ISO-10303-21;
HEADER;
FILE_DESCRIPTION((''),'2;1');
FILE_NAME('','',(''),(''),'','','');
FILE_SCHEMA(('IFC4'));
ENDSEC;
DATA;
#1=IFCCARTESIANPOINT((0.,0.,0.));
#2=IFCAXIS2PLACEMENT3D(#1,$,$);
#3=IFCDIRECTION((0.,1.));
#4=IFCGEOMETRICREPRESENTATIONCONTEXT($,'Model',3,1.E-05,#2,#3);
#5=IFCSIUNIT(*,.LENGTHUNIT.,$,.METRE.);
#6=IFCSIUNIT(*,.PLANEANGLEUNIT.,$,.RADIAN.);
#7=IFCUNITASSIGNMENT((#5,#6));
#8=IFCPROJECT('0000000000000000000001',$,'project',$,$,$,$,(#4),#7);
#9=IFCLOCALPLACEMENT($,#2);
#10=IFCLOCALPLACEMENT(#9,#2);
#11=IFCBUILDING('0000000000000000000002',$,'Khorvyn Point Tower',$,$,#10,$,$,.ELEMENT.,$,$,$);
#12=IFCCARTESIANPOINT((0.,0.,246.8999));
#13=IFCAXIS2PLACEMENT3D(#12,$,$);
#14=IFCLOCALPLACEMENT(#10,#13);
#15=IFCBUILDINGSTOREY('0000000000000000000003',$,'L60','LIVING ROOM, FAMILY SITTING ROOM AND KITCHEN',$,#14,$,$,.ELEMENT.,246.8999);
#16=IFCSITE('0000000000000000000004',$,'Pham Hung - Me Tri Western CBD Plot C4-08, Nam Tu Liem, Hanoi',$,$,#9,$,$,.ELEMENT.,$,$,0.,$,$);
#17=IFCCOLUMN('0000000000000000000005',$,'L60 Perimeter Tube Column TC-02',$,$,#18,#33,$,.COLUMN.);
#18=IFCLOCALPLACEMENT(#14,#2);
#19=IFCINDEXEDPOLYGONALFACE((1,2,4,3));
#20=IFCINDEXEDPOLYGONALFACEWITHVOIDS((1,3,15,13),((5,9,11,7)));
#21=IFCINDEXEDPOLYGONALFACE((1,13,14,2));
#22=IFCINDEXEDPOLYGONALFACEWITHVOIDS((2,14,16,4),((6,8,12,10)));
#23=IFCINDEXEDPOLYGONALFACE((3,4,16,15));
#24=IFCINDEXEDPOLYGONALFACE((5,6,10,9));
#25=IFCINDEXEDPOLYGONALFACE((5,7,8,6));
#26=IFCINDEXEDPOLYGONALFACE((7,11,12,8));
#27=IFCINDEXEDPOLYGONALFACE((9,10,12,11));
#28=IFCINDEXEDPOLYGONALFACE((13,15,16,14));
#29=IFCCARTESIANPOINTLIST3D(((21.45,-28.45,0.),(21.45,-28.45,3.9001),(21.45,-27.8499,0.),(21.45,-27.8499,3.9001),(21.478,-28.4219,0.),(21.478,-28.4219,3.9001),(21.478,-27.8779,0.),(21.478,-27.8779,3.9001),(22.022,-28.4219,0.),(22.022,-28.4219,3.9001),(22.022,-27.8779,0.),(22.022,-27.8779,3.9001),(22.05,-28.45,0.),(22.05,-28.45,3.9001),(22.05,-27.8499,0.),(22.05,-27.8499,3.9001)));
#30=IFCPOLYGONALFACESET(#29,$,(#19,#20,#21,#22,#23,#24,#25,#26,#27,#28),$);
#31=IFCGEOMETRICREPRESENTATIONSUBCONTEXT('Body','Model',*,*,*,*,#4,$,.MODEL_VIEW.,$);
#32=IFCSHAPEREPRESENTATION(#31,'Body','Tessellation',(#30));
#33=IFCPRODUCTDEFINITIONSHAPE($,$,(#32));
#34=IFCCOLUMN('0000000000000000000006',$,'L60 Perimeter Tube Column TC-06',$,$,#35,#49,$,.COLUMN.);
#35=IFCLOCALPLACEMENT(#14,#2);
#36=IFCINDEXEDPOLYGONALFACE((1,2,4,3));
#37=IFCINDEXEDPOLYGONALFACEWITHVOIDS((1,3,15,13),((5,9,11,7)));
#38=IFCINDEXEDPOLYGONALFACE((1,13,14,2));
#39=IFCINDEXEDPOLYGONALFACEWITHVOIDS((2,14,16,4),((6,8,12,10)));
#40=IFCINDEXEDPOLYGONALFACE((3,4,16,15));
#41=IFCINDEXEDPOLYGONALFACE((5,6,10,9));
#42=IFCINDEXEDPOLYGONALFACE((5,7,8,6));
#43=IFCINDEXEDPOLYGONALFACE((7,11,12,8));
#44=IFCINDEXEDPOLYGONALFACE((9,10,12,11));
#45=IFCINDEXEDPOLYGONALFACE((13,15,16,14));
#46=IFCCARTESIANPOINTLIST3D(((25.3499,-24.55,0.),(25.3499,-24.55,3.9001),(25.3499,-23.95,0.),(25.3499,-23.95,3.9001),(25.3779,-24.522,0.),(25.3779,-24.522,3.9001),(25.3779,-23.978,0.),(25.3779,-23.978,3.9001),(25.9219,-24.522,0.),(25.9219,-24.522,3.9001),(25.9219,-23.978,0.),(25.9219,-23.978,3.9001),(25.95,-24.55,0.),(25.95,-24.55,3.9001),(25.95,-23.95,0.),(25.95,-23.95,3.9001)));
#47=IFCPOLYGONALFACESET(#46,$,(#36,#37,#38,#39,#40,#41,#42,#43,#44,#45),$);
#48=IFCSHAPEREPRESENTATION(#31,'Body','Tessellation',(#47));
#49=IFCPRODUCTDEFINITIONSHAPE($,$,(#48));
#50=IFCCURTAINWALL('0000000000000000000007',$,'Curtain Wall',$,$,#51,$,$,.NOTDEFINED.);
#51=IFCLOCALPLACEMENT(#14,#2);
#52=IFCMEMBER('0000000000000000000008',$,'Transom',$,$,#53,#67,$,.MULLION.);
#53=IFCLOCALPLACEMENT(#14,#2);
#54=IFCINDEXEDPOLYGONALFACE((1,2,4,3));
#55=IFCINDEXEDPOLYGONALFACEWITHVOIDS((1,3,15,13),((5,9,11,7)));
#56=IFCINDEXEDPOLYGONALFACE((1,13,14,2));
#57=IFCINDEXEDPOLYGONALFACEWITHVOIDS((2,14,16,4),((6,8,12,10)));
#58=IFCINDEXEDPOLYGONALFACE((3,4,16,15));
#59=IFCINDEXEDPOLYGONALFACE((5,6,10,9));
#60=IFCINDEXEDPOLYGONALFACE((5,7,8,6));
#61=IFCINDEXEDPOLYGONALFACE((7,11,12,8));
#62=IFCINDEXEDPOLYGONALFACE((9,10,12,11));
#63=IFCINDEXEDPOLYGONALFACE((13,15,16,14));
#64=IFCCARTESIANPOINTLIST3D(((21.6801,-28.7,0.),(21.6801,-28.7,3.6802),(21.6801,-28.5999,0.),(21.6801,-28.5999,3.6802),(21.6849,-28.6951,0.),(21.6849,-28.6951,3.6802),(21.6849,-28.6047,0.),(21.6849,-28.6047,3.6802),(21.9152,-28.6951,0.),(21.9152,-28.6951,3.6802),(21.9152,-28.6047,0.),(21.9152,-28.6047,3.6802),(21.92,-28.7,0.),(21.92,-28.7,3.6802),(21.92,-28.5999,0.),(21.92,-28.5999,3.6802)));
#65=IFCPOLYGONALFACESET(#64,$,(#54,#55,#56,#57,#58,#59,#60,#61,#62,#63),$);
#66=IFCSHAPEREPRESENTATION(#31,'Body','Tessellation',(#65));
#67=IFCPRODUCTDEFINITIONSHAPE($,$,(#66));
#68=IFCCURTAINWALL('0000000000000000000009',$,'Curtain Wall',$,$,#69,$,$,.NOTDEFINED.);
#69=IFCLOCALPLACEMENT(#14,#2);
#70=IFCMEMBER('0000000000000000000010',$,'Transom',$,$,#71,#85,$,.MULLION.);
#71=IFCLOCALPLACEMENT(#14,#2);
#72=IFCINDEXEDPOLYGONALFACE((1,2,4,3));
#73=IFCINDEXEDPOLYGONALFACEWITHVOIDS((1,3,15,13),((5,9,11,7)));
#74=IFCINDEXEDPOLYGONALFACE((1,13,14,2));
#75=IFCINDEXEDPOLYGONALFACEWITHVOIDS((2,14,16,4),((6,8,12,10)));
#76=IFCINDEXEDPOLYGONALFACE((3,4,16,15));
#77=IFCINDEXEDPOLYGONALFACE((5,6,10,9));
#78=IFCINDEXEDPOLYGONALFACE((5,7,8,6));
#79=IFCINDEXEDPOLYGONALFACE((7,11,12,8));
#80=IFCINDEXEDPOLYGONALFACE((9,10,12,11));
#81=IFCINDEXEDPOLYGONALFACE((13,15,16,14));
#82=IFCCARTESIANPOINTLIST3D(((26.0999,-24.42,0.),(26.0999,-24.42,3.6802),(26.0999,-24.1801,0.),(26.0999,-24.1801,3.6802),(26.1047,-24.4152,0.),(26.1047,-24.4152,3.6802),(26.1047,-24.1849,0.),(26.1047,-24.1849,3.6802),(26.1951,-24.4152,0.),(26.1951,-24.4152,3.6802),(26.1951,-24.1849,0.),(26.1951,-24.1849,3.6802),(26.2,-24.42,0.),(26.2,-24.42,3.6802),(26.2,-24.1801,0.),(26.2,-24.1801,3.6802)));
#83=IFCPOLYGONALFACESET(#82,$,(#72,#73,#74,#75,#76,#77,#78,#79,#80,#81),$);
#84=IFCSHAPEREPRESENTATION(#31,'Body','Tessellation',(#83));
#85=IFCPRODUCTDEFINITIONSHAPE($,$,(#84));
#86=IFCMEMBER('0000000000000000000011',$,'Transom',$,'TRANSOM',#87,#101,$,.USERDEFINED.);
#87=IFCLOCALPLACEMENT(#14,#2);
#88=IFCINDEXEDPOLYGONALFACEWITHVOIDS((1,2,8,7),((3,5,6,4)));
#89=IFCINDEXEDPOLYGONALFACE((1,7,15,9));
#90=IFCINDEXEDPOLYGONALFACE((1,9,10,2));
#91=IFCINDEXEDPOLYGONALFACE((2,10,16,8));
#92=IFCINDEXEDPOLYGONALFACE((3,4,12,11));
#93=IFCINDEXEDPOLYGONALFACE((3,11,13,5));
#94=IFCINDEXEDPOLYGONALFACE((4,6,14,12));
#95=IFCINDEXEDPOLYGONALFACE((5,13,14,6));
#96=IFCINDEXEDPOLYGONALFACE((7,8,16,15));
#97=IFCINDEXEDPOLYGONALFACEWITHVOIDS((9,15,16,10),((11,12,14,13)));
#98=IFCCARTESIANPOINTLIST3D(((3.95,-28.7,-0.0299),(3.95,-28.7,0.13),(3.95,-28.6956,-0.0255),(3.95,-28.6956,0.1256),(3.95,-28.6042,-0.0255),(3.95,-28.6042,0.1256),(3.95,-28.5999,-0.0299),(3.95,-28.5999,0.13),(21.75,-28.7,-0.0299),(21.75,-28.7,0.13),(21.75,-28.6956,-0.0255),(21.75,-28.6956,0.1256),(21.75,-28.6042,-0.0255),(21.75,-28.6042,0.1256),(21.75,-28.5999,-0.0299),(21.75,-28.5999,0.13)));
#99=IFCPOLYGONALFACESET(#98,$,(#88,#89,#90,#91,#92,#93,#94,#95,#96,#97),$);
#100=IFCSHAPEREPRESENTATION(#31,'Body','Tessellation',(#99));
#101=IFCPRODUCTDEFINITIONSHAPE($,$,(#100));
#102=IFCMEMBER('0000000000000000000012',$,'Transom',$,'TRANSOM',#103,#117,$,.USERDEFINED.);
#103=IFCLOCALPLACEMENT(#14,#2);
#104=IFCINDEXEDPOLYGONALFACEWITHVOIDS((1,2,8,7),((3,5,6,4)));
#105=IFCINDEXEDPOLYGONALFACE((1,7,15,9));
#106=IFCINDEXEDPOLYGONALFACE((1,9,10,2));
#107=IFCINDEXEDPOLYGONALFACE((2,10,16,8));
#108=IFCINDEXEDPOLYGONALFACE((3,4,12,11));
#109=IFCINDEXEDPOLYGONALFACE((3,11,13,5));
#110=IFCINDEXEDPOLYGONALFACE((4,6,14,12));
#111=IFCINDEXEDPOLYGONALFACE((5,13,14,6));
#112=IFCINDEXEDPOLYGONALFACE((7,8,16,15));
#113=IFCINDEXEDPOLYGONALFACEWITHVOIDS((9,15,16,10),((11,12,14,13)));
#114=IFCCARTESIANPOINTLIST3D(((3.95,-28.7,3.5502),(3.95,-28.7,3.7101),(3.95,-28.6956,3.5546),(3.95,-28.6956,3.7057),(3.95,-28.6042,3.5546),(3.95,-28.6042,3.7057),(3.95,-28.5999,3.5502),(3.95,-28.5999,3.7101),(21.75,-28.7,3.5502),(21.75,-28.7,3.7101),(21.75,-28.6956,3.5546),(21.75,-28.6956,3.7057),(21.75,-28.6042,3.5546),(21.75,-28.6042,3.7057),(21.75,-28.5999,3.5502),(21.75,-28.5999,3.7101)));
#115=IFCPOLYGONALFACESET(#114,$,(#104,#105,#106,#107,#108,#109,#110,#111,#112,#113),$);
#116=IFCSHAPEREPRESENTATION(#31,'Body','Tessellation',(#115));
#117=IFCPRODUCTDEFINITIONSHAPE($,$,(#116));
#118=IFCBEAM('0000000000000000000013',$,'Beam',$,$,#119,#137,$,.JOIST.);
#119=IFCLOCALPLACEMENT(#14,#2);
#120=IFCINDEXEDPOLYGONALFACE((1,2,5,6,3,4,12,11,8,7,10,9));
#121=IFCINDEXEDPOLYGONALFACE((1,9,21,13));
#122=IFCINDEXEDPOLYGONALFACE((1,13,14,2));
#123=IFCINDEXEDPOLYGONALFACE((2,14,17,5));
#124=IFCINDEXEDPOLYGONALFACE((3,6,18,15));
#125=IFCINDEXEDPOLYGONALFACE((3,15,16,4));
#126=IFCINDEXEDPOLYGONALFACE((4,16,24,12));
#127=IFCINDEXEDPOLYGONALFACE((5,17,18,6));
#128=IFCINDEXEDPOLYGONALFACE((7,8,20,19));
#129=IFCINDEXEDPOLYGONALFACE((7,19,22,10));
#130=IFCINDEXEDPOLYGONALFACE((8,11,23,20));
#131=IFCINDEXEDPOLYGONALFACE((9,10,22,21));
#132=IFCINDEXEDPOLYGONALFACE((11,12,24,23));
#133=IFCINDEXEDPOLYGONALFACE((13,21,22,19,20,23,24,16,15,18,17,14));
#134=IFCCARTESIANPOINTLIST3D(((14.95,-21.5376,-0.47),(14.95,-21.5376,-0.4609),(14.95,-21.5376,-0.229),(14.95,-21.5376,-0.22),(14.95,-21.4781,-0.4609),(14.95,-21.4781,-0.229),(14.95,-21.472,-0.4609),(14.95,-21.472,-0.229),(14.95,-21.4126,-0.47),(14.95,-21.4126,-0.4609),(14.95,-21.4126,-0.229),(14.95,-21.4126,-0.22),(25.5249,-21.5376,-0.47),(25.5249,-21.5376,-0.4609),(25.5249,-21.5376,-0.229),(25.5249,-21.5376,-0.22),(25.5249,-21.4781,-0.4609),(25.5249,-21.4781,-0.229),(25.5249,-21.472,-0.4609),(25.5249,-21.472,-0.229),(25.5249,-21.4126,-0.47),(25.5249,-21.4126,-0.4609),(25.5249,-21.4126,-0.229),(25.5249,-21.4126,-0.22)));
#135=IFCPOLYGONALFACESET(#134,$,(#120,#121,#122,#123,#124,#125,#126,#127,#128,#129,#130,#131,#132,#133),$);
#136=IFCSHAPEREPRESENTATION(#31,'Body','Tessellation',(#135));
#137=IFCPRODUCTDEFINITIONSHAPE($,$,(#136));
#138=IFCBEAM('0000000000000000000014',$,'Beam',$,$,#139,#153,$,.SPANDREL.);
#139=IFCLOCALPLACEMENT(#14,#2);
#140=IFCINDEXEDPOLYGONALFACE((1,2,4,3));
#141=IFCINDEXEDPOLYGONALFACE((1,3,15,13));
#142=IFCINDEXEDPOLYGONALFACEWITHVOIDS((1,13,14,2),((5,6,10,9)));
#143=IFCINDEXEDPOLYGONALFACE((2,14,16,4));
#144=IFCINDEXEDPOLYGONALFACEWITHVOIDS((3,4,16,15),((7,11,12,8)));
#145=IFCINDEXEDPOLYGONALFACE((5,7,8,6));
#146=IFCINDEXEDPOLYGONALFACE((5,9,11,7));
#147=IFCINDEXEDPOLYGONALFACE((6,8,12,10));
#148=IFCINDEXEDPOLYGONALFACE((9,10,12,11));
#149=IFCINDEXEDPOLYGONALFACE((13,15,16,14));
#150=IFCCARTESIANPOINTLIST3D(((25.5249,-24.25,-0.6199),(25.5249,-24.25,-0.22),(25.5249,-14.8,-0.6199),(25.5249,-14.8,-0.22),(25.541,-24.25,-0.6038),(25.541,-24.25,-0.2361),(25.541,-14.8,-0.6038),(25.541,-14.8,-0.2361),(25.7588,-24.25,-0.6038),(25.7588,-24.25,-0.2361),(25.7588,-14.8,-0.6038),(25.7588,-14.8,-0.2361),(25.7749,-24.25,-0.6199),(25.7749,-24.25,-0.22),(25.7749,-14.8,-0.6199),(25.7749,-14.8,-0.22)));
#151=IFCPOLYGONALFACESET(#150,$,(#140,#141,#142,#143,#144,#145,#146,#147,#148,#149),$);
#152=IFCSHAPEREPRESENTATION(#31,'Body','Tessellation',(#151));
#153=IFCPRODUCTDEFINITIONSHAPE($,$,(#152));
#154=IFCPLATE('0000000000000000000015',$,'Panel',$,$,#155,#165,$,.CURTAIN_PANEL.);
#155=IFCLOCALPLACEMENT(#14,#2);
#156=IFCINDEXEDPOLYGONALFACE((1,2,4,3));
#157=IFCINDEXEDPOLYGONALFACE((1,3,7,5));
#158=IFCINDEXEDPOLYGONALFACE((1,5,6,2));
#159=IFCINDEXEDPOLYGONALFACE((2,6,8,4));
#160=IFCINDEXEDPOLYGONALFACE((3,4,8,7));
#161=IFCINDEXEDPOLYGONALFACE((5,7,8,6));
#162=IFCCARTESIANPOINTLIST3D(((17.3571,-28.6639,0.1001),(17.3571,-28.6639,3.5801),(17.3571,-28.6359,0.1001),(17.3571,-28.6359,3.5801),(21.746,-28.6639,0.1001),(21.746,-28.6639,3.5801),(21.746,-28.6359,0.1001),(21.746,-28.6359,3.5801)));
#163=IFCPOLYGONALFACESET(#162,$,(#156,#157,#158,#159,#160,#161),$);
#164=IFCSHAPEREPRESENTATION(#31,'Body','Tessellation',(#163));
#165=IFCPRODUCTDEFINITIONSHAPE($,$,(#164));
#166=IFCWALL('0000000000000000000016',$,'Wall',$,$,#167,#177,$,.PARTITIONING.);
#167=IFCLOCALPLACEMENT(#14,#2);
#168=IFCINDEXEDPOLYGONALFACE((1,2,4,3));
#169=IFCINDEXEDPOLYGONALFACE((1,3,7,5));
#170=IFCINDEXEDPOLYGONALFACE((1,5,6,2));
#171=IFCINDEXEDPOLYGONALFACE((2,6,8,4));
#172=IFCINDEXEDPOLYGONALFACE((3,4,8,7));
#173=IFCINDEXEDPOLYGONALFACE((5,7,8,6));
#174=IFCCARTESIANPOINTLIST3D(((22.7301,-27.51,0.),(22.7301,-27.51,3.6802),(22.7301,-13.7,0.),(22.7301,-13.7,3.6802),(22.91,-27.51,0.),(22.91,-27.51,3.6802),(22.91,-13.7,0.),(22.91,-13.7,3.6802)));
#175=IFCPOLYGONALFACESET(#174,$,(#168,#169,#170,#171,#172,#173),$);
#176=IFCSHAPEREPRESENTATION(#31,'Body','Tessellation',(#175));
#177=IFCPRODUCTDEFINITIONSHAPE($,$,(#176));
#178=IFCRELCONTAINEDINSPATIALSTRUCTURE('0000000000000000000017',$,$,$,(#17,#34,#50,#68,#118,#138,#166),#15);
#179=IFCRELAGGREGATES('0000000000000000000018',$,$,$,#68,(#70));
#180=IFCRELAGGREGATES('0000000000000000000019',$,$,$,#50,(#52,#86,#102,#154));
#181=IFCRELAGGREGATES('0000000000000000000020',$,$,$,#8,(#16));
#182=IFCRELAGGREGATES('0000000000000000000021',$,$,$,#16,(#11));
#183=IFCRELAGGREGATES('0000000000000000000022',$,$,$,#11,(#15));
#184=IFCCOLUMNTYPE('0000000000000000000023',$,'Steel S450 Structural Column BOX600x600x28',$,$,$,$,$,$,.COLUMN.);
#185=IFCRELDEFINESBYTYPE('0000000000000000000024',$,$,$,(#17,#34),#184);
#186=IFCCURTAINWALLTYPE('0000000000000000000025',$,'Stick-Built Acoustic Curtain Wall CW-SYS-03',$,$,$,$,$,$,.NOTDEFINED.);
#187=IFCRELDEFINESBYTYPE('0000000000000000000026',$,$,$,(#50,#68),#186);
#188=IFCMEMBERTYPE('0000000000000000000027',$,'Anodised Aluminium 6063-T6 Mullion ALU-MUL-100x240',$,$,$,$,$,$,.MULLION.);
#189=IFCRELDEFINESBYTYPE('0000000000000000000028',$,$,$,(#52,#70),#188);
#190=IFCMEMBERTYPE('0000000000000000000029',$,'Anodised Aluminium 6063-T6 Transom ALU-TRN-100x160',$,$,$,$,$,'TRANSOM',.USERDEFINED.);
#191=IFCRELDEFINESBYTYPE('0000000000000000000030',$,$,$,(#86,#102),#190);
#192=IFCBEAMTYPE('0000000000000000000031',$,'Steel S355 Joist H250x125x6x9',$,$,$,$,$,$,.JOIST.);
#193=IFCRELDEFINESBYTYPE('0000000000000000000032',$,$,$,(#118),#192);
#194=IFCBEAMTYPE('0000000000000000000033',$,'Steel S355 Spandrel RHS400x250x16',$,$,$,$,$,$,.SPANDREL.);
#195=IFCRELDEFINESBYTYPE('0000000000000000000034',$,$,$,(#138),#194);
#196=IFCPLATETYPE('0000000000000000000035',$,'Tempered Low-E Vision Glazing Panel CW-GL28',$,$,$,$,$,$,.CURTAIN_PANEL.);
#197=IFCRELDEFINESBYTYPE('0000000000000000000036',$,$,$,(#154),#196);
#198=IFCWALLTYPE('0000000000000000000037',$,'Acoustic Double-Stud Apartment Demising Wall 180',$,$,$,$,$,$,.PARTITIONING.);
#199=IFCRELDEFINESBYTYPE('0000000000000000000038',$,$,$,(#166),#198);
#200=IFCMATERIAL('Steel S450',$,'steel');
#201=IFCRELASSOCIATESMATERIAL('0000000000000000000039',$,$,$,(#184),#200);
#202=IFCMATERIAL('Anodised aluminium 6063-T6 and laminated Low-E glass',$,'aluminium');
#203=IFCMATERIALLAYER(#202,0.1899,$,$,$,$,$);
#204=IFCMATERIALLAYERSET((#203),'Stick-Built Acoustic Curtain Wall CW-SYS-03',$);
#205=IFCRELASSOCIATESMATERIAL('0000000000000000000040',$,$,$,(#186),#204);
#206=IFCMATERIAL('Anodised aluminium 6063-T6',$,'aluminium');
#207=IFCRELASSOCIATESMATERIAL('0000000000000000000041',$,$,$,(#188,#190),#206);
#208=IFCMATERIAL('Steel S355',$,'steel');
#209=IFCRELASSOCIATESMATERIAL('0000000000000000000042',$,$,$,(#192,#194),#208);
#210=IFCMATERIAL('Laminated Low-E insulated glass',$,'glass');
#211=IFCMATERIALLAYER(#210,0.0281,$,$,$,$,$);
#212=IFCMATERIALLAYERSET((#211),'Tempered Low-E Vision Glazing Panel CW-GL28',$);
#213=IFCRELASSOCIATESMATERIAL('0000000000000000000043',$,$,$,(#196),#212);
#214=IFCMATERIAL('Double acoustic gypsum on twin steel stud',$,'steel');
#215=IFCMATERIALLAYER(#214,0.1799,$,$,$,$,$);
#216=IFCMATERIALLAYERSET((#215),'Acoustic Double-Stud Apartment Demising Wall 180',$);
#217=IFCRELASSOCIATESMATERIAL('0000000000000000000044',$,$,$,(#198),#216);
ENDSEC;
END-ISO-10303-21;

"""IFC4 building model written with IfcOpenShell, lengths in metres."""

from ifc_helpers import new_model, si_unit, direction, frame, frame_2d, origin, origin_2d, place, context, subcontext, project, spatial, rectangle, hollow_rectangle, i_section, extrude, material, layer, layer_set, material_profile, profile_set, type_object, element, aggregate, save


model = new_model("IFC4")

# Units and contexts
model_context = context("Model", 3, precision=1e-05, world=origin(), true_north=direction((0.0, 1.0)))
body_context = subcontext(model_context, "Body", "Model", "MODEL_VIEW")
ifc_project = project(units=[si_unit("LENGTHUNIT", "METRE"), si_unit("PLANEANGLEUNIT", "RADIAN")], contexts=[model_context])

# Site, building, storey
site_placement = place(None, origin())
site = spatial("IfcSite", under=ifc_project, at=site_placement, Name="Pham Hung - Me Tri Western CBD Plot C4-08, Nam Tu Liem, Hanoi", CompositionType="ELEMENT", RefElevation=0.0)
building_placement = place(site_placement, origin())
building = spatial("IfcBuilding", under=site, at=building_placement, Name="Khorvyn Point Tower", CompositionType="ELEMENT")
storey_placement = place(building_placement, frame((0.0, 0.0, 246.8999)))
storey = spatial("IfcBuildingStorey", under=building, at=storey_placement, Name="L60", Description="LIVING ROOM, FAMILY SITTING ROOM AND KITCHEN", CompositionType="ELEMENT", Elevation=246.8999)

# Columns
ifc_material_1 = material(Name="Steel S450", Category="steel")
ifc_material_profile_1 = material_profile(ifc_material_1, hollow_rectangle(XDim=0.6001, YDim=0.6001, WallThickness=0.0281, at=origin_2d()))
ifc_profile_set_1 = profile_set([ifc_material_profile_1], Name="Steel S450 BOX600x600x28")
column_type = type_object("IfcColumnType", Name="Steel S450 Structural Column BOX600x600x28", PredefinedType="COLUMN", material=ifc_profile_set_1)
for number, where, z_axis, x_axis, name in (
    (1, (21.75, -28.1499, 0.0), (0.0, 0.0, 1.0), (1.0, 0.0, 0.0), "L60 Perimeter Tube Column TC-02"),
    (2, (25.6499, -24.25, 0.0), (0.0, 0.0, 1.0), (1.0, 0.0, 0.0), "L60 Perimeter Tube Column TC-06"),
):
    element("IfcColumn", number, at=place(storey_placement, frame(where, z_axis=z_axis, x_axis=x_axis)), inside=storey, type_object=column_type, Name=name, PredefinedType="COLUMN", context=body_context, shape_type="SweptSolid", body=[
        extrude(hollow_rectangle(XDim=0.6001, YDim=0.6001, WallThickness=0.0281, at=origin_2d()), origin(), (0.0, 0.0, 1.0), 3.9001),
    ])

# Curtain walls, members
ifc_material_2 = material(Name="Anodised aluminium 6063-T6 and laminated Low-E glass", Category="aluminium")
ifc_layer_1 = layer(ifc_material_2, 0.1899)
ifc_layer_set_1 = layer_set([ifc_layer_1], Name="Stick-Built Acoustic Curtain Wall CW-SYS-03")
curtain_wall_type = type_object("IfcCurtainWallType", Name="Stick-Built Acoustic Curtain Wall CW-SYS-03", PredefinedType="NOTDEFINED", material=ifc_layer_set_1)
curtain_wall_1_placement = place(storey_placement, origin())
curtain_wall_1 = element("IfcCurtainWall", 3, at=curtain_wall_1_placement, inside=storey, type_object=curtain_wall_type, Name="Curtain Wall", PredefinedType="NOTDEFINED")
ifc_material_3 = material(Name="Anodised aluminium 6063-T6", Category="aluminium")
ifc_material_profile_2 = material_profile(ifc_material_3, hollow_rectangle(XDim=0.1001, YDim=0.24, WallThickness=0.0049, at=origin_2d()))
ifc_profile_set_2 = profile_set([ifc_material_profile_2], Name="Anodised aluminium 6063-T6 ALU-MUL-100x240")
member_type_1 = type_object("IfcMemberType", Name="Anodised Aluminium 6063-T6 Mullion ALU-MUL-100x240", PredefinedType="MULLION", material=ifc_profile_set_2)
member_1_placement = place(storey_placement, frame((21.8, -28.6499, 0.0), z_axis=(0.0, 0.0, 1.0), x_axis=(0.0, -1.0, 0.0)))
member_1 = element("IfcMember", 4, at=member_1_placement, type_object=member_type_1, Name="Transom", PredefinedType="MULLION", context=body_context, shape_type="SweptSolid", body=[
    extrude(hollow_rectangle(XDim=0.1001, YDim=0.24, WallThickness=0.0049, at=origin_2d()), origin(), (0.0, 0.0, 1.0), 3.6802),
])
curtain_wall_2_placement = place(storey_placement, origin())
curtain_wall_2 = element("IfcCurtainWall", 5, at=curtain_wall_2_placement, inside=storey, type_object=curtain_wall_type, Name="Curtain Wall", PredefinedType="NOTDEFINED")
member_2_placement = place(storey_placement, frame((26.1499, -24.3, 0.0), z_axis=(0.0, 0.0, 1.0), x_axis=(1.0, 0.0, 0.0)))
member_2 = element("IfcMember", 6, at=member_2_placement, type_object=member_type_1, Name="Transom", PredefinedType="MULLION", context=body_context, shape_type="SweptSolid", body=[
    extrude(hollow_rectangle(XDim=0.1001, YDim=0.24, WallThickness=0.0049, at=origin_2d()), origin(), (0.0, 0.0, 1.0), 3.6802),
])
aggregate(curtain_wall_2, [member_2])

# Members
ifc_material_profile_3 = material_profile(ifc_material_3, hollow_rectangle(XDim=0.1001, YDim=0.1599, WallThickness=0.0044, at=origin_2d()))
ifc_profile_set_3 = profile_set([ifc_material_profile_3], Name="Anodised aluminium 6063-T6 ALU-TRN-100x160")
member_type_2 = type_object("IfcMemberType", Name="Anodised Aluminium 6063-T6 Transom ALU-TRN-100x160", ElementType="TRANSOM", PredefinedType="USERDEFINED", material=ifc_profile_set_3)
member_3_placement = place(storey_placement, frame((21.75, -28.6499, 0.05), z_axis=(-1.0, 0.0, 0.0), x_axis=(0.0, -1.0, 0.0)))
member_3 = element("IfcMember", 7, at=member_3_placement, type_object=member_type_2, Name="Transom", ObjectType="TRANSOM", PredefinedType="USERDEFINED", context=body_context, shape_type="SweptSolid", body=[
    extrude(hollow_rectangle(XDim=0.1001, YDim=0.1599, WallThickness=0.0044, at=origin_2d()), origin(), (0.0, 0.0, 1.0), 17.8),
])
member_4_placement = place(storey_placement, frame((21.75, -28.6499, 3.6301), z_axis=(-1.0, 0.0, 0.0), x_axis=(0.0, -1.0, 0.0)))
member_4 = element("IfcMember", 8, at=member_4_placement, type_object=member_type_2, Name="Transom", ObjectType="TRANSOM", PredefinedType="USERDEFINED", context=body_context, shape_type="SweptSolid", body=[
    extrude(hollow_rectangle(XDim=0.1001, YDim=0.1599, WallThickness=0.0044, at=origin_2d()), origin(), (0.0, 0.0, 1.0), 17.8),
])

# Beams
ifc_material_4 = material(Name="Steel S355", Category="steel")
ifc_material_profile_4 = material_profile(ifc_material_4, i_section(OverallWidth=0.125, OverallDepth=0.25, WebThickness=0.0061, FlangeThickness=0.009, at=origin_2d()))
ifc_profile_set_4 = profile_set([ifc_material_profile_4], Name="Steel S355 H250x125x6x9")
beam_type_1 = type_object("IfcBeamType", Name="Steel S355 Joist H250x125x6x9", PredefinedType="JOIST", material=ifc_profile_set_4)
beam_1_placement = place(storey_placement, frame((14.95, -21.4751, -0.345), z_axis=(1.0, 0.0, 0.0), x_axis=(0.0, 1.0, 0.0)))
element("IfcBeam", 9, at=beam_1_placement, inside=storey, type_object=beam_type_1, Name="Beam", PredefinedType="JOIST", context=body_context, shape_type="SweptSolid", body=[
    extrude(i_section(OverallWidth=0.125, OverallDepth=0.25, WebThickness=0.0061, FlangeThickness=0.009, at=origin_2d()), origin(), (0.0, 0.0, 1.0), 10.575),
])
ifc_material_profile_5 = material_profile(ifc_material_4, hollow_rectangle(XDim=0.25, YDim=0.3999, WallThickness=0.0161, at=origin_2d()))
ifc_profile_set_5 = profile_set([ifc_material_profile_5], Name="Steel S355 RHS400x250x16")
beam_type_2 = type_object("IfcBeamType", Name="Steel S355 Spandrel RHS400x250x16", PredefinedType="SPANDREL", material=ifc_profile_set_5)
beam_2_placement = place(storey_placement, frame((25.6499, -24.25, -0.4199), z_axis=(0.0, 1.0, 0.0), x_axis=(-1.0, 0.0, 0.0)))
element("IfcBeam", 10, at=beam_2_placement, inside=storey, type_object=beam_type_2, Name="Beam", PredefinedType="SPANDREL", context=body_context, shape_type="SweptSolid", body=[
    extrude(hollow_rectangle(XDim=0.25, YDim=0.3999, WallThickness=0.0161, at=origin_2d()), origin(), (0.0, 0.0, 1.0), 9.45),
])

# Plate
ifc_material_5 = material(Name="Laminated Low-E insulated glass", Category="glass")
ifc_layer_2 = layer(ifc_material_5, 0.0281)
ifc_layer_set_2 = layer_set([ifc_layer_2], Name="Tempered Low-E Vision Glazing Panel CW-GL28")
plate_type = type_object("IfcPlateType", Name="Tempered Low-E Vision Glazing Panel CW-GL28", PredefinedType="CURTAIN_PANEL", material=ifc_layer_set_2)
plate_placement = place(storey_placement, frame((19.5515, -28.6499, 0.1001), z_axis=(0.0, 0.0, 1.0), x_axis=(-1.0, 0.0, 0.0)))
plate = element("IfcPlate", 11, at=plate_placement, type_object=plate_type, Name="Panel", PredefinedType="CURTAIN_PANEL", context=body_context, shape_type="SweptSolid", body=[
    extrude(rectangle(XDim=4.3889, YDim=0.0281, at=origin_2d()), origin(), (0.0, 0.0, 1.0), 3.48),
])
aggregate(curtain_wall_1, [member_1, member_3, member_4, plate])

# Wall
ifc_material_6 = material(Name="Double acoustic gypsum on twin steel stud", Category="steel")
ifc_layer_3 = layer(ifc_material_6, 0.1799)
ifc_layer_set_3 = layer_set([ifc_layer_3], Name="Acoustic Double-Stud Apartment Demising Wall 180")
wall_type_1 = type_object("IfcWallType", Name="Acoustic Double-Stud Apartment Demising Wall 180", PredefinedType="PARTITIONING", material=ifc_layer_set_3)
wall_1_placement = place(storey_placement, frame((22.8201, -27.51, 0.0), z_axis=(0.0, 0.0, 1.0), x_axis=(0.0, 1.0, 0.0)))
element("IfcWall", 12, at=wall_1_placement, inside=storey, type_object=wall_type_1, Name="Wall", PredefinedType="PARTITIONING", context=body_context, shape_type="SweptSolid", body=[
    extrude(rectangle(XDim=13.8101, YDim=0.1799, at=frame_2d((6.905, 0.0))), origin(), (0.0, 0.0, 1.0), 3.6802),
])

save(model, "model.ifc")
